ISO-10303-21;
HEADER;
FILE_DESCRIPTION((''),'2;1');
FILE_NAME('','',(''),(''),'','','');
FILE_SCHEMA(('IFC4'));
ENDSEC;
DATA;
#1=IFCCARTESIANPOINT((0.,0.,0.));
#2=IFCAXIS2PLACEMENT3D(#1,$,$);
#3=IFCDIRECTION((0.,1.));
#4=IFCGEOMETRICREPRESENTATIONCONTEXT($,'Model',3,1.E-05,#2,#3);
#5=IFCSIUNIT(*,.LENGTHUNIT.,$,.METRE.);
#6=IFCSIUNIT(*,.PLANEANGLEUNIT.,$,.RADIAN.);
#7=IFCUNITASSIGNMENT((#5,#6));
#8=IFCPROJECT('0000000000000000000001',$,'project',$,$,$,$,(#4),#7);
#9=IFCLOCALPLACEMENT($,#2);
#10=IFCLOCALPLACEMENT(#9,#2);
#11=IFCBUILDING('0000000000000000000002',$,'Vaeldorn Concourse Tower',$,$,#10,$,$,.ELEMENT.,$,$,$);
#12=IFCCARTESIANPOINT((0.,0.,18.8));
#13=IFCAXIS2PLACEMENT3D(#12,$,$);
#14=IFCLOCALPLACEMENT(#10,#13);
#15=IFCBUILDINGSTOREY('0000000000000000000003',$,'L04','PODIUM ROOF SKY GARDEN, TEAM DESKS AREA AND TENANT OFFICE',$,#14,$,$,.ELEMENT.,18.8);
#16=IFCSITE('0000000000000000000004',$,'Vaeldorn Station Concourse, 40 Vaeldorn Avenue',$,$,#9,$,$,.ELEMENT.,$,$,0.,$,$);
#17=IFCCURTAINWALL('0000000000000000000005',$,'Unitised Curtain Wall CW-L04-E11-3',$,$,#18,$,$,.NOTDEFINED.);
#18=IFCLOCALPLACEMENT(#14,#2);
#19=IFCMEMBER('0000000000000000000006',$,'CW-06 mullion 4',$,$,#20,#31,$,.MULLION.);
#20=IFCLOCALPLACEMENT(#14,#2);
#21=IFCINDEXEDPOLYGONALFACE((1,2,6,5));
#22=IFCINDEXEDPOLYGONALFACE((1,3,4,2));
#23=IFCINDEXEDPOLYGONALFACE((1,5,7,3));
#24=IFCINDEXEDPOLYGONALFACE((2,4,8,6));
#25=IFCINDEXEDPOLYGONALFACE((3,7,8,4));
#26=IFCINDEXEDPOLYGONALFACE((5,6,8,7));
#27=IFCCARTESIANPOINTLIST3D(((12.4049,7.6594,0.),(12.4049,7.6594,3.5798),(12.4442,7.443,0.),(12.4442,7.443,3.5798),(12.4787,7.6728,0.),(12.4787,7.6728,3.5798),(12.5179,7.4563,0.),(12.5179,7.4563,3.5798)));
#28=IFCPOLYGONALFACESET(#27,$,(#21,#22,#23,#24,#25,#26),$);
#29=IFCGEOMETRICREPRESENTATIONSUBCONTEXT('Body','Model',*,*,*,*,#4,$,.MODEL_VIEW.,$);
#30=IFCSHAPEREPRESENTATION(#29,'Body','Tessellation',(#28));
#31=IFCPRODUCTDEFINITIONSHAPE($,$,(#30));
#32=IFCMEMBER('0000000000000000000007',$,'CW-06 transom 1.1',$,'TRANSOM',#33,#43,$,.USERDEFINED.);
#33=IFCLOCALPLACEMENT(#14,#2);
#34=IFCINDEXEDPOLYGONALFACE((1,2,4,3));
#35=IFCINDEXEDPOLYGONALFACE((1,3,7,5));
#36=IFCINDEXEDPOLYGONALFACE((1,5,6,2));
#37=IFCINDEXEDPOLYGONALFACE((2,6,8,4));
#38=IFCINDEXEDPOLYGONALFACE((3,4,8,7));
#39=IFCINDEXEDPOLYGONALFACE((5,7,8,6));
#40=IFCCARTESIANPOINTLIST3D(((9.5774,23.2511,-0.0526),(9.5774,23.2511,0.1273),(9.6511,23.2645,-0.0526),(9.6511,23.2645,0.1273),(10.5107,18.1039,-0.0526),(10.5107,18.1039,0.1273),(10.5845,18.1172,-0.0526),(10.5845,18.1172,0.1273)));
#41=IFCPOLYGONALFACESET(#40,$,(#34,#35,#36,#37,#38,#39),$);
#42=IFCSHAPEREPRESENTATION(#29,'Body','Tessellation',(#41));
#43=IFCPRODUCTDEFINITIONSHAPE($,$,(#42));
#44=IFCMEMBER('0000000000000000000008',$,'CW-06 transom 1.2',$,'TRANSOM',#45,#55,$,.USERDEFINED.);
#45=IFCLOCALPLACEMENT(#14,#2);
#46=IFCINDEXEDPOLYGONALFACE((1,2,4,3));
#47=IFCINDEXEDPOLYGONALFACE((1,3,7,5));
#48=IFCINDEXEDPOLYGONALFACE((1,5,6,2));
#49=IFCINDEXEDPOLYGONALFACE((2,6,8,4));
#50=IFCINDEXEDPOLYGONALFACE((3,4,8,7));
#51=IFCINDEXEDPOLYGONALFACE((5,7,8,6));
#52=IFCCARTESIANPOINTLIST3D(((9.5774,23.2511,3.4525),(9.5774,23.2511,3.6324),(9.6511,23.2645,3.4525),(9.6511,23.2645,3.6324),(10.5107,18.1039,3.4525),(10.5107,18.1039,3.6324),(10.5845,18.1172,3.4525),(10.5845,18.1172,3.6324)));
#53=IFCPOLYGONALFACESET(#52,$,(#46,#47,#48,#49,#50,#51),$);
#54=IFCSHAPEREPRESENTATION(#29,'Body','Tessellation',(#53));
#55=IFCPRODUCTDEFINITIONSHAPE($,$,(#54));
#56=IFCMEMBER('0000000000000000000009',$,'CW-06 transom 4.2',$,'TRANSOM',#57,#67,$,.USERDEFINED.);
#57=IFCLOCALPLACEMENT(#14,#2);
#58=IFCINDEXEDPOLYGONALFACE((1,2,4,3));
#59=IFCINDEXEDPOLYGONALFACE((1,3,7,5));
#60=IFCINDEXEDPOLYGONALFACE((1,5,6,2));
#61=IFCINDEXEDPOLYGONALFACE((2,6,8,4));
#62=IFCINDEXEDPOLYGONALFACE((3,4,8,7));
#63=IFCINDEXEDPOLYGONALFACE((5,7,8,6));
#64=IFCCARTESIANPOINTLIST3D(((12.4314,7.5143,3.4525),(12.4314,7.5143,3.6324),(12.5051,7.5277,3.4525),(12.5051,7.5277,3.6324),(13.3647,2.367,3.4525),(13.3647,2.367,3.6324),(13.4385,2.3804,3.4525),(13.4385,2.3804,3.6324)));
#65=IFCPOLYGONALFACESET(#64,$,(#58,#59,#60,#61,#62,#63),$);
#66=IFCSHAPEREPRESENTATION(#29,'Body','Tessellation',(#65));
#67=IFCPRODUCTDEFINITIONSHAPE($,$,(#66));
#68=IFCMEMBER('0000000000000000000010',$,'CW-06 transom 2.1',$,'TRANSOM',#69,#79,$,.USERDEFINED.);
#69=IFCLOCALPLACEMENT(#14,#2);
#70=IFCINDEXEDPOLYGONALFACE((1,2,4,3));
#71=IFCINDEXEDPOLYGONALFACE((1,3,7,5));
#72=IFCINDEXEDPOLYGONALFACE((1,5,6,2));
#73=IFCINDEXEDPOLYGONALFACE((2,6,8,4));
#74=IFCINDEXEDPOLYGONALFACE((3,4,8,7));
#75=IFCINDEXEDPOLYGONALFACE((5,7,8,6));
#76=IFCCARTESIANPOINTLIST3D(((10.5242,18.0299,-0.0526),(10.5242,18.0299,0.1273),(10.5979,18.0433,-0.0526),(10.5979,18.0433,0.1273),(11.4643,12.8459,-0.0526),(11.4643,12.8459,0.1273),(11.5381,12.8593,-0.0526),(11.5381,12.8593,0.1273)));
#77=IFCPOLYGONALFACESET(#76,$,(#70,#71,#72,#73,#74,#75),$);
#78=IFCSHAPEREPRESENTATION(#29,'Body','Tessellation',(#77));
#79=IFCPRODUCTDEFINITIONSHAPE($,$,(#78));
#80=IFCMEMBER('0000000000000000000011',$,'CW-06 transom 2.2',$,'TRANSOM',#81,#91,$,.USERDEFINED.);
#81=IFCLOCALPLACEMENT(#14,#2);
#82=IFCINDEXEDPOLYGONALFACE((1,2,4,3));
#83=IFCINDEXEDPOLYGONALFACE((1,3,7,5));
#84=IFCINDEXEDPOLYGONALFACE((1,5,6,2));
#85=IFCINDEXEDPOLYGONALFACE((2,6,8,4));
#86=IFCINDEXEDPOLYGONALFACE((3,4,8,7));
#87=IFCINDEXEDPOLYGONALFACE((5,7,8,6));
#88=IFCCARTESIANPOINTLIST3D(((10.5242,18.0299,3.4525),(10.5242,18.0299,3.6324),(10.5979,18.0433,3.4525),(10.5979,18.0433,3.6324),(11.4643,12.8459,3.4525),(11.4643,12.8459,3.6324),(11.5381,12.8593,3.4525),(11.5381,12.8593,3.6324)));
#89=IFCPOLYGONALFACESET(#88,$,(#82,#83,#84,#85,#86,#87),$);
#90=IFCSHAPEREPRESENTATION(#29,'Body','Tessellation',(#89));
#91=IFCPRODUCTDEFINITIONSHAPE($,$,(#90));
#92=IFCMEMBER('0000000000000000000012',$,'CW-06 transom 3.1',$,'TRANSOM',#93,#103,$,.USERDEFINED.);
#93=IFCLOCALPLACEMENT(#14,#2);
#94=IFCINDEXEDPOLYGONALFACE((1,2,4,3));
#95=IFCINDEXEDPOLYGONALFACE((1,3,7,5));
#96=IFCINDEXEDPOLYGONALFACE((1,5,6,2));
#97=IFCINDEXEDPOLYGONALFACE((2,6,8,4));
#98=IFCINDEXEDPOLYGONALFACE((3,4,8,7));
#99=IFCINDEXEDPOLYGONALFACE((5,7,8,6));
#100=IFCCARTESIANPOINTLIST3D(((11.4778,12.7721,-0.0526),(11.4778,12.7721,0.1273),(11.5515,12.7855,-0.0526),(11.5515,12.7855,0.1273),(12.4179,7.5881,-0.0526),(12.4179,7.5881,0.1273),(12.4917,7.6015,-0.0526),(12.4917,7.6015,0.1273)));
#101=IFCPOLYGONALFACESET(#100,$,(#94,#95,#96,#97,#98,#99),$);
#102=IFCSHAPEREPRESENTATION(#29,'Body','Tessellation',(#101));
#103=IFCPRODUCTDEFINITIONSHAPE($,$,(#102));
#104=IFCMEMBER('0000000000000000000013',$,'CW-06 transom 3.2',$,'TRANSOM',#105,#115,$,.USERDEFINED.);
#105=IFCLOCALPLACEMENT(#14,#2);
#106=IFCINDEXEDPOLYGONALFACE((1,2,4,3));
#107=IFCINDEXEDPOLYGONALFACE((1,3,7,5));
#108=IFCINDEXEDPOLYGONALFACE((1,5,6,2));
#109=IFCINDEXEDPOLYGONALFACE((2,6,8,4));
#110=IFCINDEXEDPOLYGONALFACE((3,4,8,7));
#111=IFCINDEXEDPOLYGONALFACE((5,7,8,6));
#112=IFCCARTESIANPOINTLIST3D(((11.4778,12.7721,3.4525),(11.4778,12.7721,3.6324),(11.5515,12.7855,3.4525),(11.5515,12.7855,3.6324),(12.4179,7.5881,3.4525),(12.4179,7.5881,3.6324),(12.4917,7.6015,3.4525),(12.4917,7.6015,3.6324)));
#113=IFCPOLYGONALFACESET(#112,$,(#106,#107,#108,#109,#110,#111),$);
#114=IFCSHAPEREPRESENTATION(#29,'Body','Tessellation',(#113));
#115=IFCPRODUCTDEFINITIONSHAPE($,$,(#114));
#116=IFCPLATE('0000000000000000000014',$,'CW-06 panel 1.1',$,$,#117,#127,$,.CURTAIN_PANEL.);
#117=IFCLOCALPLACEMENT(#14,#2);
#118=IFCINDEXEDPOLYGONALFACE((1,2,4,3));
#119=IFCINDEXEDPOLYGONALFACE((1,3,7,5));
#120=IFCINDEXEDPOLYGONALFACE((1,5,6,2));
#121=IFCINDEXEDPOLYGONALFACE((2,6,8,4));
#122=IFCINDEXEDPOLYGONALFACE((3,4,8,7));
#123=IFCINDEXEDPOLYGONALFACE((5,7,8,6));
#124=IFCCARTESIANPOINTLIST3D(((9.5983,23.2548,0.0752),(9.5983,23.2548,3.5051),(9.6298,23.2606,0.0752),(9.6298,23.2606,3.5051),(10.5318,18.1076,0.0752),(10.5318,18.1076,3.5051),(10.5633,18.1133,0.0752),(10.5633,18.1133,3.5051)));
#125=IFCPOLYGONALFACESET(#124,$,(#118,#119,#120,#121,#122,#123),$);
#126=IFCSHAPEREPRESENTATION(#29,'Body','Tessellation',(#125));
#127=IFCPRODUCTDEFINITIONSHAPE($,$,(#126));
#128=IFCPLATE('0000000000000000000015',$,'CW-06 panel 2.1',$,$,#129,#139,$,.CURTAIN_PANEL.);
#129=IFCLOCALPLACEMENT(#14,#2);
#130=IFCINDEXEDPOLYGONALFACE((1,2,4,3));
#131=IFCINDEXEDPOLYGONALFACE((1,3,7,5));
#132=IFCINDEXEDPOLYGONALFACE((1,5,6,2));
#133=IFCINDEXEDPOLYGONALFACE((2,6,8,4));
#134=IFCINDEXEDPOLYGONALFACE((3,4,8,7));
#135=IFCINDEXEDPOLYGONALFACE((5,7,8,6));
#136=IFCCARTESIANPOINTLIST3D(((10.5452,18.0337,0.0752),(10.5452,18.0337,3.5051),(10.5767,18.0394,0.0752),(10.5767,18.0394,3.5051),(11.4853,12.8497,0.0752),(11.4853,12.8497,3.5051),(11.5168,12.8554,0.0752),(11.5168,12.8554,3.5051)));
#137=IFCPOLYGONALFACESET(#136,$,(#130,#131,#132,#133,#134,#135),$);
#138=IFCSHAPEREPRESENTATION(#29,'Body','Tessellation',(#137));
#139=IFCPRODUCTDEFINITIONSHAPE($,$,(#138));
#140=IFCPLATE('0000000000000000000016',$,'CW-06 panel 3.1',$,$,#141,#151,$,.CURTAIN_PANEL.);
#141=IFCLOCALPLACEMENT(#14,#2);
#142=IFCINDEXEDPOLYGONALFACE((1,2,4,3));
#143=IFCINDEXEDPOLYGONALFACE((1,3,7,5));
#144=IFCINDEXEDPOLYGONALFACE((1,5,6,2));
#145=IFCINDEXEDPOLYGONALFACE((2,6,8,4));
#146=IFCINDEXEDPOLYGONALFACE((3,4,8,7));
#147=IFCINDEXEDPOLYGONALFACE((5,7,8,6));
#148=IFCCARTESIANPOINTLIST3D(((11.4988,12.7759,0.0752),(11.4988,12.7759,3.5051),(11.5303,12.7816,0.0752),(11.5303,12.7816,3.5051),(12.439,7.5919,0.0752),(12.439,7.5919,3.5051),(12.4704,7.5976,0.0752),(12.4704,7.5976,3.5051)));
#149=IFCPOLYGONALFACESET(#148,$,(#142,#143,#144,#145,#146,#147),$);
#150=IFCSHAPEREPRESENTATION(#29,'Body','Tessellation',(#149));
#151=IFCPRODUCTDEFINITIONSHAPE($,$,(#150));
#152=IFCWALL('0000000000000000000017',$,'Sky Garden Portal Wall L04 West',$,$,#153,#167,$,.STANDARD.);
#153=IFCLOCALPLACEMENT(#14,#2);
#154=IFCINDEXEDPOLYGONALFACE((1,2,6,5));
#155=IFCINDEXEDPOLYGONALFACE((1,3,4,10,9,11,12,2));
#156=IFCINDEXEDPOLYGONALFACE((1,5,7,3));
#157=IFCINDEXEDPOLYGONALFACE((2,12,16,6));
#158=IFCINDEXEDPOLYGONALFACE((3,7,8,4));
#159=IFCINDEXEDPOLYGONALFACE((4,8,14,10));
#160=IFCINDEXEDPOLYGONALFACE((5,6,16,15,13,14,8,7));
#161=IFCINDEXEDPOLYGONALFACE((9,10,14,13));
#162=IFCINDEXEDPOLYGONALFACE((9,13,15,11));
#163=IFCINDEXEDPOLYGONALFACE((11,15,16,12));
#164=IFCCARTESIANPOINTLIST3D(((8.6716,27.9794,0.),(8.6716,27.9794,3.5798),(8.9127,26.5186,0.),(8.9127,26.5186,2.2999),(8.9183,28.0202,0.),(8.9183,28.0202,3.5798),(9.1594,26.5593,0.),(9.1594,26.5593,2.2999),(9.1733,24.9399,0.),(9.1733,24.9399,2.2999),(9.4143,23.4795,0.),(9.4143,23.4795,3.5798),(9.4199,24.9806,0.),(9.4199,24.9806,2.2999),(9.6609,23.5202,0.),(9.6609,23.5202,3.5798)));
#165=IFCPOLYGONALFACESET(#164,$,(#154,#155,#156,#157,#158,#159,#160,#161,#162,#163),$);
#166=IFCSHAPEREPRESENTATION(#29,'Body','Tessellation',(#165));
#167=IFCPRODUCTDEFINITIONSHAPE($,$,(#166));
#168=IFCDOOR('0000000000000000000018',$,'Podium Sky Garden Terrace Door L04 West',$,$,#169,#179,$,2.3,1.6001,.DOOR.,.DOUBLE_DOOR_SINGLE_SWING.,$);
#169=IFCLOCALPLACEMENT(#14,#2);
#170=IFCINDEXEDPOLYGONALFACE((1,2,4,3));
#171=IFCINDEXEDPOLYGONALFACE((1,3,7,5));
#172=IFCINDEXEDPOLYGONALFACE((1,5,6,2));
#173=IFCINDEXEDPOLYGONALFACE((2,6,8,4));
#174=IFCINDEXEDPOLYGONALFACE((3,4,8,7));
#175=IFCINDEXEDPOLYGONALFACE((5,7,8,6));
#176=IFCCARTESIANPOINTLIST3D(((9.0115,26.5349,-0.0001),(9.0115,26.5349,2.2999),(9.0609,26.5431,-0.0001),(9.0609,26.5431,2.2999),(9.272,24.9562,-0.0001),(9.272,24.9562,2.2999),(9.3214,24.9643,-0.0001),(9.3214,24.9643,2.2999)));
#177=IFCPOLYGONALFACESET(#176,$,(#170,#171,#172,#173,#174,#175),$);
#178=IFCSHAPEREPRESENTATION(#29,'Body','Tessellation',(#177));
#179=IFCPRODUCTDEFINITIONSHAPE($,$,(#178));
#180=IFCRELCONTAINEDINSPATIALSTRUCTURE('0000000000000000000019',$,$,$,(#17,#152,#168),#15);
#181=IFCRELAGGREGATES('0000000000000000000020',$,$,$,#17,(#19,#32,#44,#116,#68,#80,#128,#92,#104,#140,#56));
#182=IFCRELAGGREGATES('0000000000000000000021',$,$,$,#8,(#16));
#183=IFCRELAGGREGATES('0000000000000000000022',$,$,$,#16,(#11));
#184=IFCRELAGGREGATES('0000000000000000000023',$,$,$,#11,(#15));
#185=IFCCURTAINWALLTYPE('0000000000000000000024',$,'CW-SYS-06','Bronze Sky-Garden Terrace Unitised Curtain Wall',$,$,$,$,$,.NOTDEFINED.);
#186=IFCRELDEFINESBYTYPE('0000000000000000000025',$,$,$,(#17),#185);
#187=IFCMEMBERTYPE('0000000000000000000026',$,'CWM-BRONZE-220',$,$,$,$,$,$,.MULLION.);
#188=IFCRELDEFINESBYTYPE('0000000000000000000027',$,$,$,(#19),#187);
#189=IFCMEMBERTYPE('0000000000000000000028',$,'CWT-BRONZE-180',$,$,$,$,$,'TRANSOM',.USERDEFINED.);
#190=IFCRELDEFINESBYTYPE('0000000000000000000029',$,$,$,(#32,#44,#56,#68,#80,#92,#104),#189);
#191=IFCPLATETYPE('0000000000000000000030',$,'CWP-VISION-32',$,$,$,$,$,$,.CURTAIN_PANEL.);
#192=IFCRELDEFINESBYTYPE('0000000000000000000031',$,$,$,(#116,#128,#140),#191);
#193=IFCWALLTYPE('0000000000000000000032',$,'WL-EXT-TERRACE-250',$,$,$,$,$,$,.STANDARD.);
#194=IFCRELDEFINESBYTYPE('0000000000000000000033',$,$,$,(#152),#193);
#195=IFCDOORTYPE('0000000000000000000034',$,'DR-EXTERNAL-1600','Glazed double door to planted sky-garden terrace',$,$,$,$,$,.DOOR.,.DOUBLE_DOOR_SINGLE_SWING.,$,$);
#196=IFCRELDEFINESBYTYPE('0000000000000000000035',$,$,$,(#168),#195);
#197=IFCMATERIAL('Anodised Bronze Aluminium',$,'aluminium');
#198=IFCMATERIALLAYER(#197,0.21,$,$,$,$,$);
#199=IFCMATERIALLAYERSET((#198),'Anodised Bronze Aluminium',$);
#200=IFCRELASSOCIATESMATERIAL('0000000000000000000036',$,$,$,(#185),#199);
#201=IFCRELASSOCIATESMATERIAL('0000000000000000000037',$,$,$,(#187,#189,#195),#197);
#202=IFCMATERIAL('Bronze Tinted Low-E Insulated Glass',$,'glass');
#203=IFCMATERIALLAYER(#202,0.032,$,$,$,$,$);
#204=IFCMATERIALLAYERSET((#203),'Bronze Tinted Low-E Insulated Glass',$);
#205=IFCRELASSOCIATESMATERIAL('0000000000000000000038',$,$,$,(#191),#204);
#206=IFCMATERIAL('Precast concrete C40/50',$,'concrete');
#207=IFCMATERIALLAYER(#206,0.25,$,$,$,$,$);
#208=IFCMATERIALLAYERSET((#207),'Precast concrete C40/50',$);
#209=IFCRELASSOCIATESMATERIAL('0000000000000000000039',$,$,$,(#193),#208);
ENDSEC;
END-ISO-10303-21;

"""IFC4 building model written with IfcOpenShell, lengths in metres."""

from ifc_helpers import new_model, si_unit, direction, frame, frame_2d, origin, origin_2d, place, context, subcontext, project, spatial, rectangle, extrude, source, transform, mapped, material, layer, layer_set, material_profile, profile_set, type_object, element, fill, aggregate, save


model = new_model("IFC4")

# Units and contexts
model_context = context("Model", 3, precision=1e-05, world=origin(), true_north=direction((0.0, 1.0)))
body_context = subcontext(model_context, "Body", "Model", "MODEL_VIEW")
ifc_project = project(units=[si_unit("LENGTHUNIT", "METRE"), si_unit("PLANEANGLEUNIT", "RADIAN")], contexts=[model_context])

# Site, building, storey
site_placement = place(None, origin())
site = spatial("IfcSite", under=ifc_project, at=site_placement, Name="Vaeldorn Station Concourse, 40 Vaeldorn Avenue", CompositionType="ELEMENT", RefElevation=0.0)
building_placement = place(site_placement, origin())
building = spatial("IfcBuilding", under=site, at=building_placement, Name="Vaeldorn Concourse Tower", CompositionType="ELEMENT")
storey_placement = place(building_placement, frame((0.0, 0.0, 18.8)))
storey = spatial("IfcBuildingStorey", under=building, at=storey_placement, Name="L04", Description="PODIUM ROOF SKY GARDEN, TEAM DESKS AREA AND TENANT OFFICE", CompositionType="ELEMENT", Elevation=18.8)

# Curtain wall, members, plates
ifc_material_1 = material(Name="Anodised Bronze Aluminium", Category="aluminium")
ifc_layer_1 = layer(ifc_material_1, 0.21)
ifc_layer_set_1 = layer_set([ifc_layer_1], Name="Anodised Bronze Aluminium")
curtain_wall_type = type_object("IfcCurtainWallType", Name="CW-SYS-06", Description="Bronze Sky-Garden Terrace Unitised Curtain Wall", PredefinedType="NOTDEFINED", material=ifc_layer_set_1)
curtain_wall_placement = place(storey_placement, origin())
curtain_wall = element("IfcCurtainWall", 1, at=curtain_wall_placement, inside=storey, type_object=curtain_wall_type, Name="Unitised Curtain Wall CW-L04-E11-3", PredefinedType="NOTDEFINED")
ifc_material_profile_1 = material_profile(ifc_material_1, rectangle(XDim=0.075, YDim=0.22, at=origin_2d()), Name="CWM 75x220")
ifc_profile_set_1 = profile_set([ifc_material_profile_1], Name="Anodised Bronze Aluminium")
member_type_1 = type_object("IfcMemberType", Name="CWM-BRONZE-220", PredefinedType="MULLION", material=ifc_profile_set_1)
shared_shape_1 = source(origin(), body_context, "Body", "SweptSolid", [
    extrude(rectangle(XDim=0.075, YDim=0.22, at=origin_2d()), origin(), (0.0, 0.0, 1.0), 3.5798),
])
member_1_placement = place(storey_placement, frame((12.4614, 7.5579, 0.0), z_axis=(0.0, 0.0, 1.0), x_axis=(0.98395, 0.178446, 0.0)))
member_1 = element("IfcMember", 2, at=member_1_placement, type_object=member_type_1, Name="CW-06 mullion 4", PredefinedType="MULLION", context=body_context, shape_type="MappedRepresentation", body=[
    mapped(shared_shape_1, transform((0.0, 0.0, 0.0), scale=1.0)),
])
ifc_material_profile_2 = material_profile(ifc_material_1, rectangle(XDim=0.075, YDim=0.1799, at=origin_2d()), Name="CWT 75x180")
ifc_profile_set_2 = profile_set([ifc_material_profile_2], Name="Anodised Bronze Aluminium")
member_type_2 = type_object("IfcMemberType", Name="CWT-BRONZE-180", ElementType="TRANSOM", PredefinedType="USERDEFINED", material=ifc_profile_set_2)
shared_shape_2 = source(origin(), body_context, "Body", "SweptSolid", [
    extrude(rectangle(XDim=0.075, YDim=0.1799, at=origin_2d()), origin(), (0.0, 0.0, 1.0), 5.2312),
])
member_2_placement = place(storey_placement, frame((9.6143, 23.2578, 0.0374), z_axis=(0.178421, -0.983954, 0.0), x_axis=(0.983954, 0.178421, 0.0)))
member_2 = element("IfcMember", 3, at=member_2_placement, type_object=member_type_2, Name="CW-06 transom 1.1", ObjectType="TRANSOM", PredefinedType="USERDEFINED", context=body_context, shape_type="MappedRepresentation", body=[
    mapped(shared_shape_2, transform((0.0, 0.0, 0.0), scale=1.0)),
])
member_3_placement = place(storey_placement, frame((9.6143, 23.2578, 3.5425), z_axis=(0.178421, -0.983954, 0.0), x_axis=(0.983954, 0.178421, 0.0)))
member_3 = element("IfcMember", 4, at=member_3_placement, type_object=member_type_2, Name="CW-06 transom 1.2", ObjectType="TRANSOM", PredefinedType="USERDEFINED", context=body_context, shape_type="MappedRepresentation", body=[
    mapped(shared_shape_2, transform((0.0, 0.0, 0.0), scale=1.0)),
])
member_4_placement = place(storey_placement, frame((12.4683, 7.521, 3.5425), z_axis=(0.178421, -0.983954, 0.0), x_axis=(0.983954, 0.178421, 0.0)))
member_4 = element("IfcMember", 5, at=member_4_placement, type_object=member_type_2, Name="CW-06 transom 4.2", ObjectType="TRANSOM", PredefinedType="USERDEFINED", context=body_context, shape_type="MappedRepresentation", body=[
    mapped(shared_shape_2, transform((0.0, 0.0, 0.0), scale=1.0)),
])
shared_shape_3 = source(origin(), body_context, "Body", "SweptSolid", [
    extrude(rectangle(XDim=0.075, YDim=0.1799, at=origin_2d()), origin(), (0.0, 0.0, 1.0), 5.2686),
])
member_5_placement = place(storey_placement, frame((10.561, 18.0366, 0.0374), z_axis=(0.178449, -0.983949, 0.0), x_axis=(0.983949, 0.178449, 0.0)))
member_5 = element("IfcMember", 6, at=member_5_placement, type_object=member_type_2, Name="CW-06 transom 2.1", ObjectType="TRANSOM", PredefinedType="USERDEFINED", context=body_context, shape_type="MappedRepresentation", body=[
    mapped(shared_shape_3, transform((0.0, 0.0, 0.0), scale=1.0)),
])
member_6_placement = place(storey_placement, frame((10.561, 18.0366, 3.5425), z_axis=(0.178449, -0.983949, 0.0), x_axis=(0.983949, 0.178449, 0.0)))
member_6 = element("IfcMember", 7, at=member_6_placement, type_object=member_type_2, Name="CW-06 transom 2.2", ObjectType="TRANSOM", PredefinedType="USERDEFINED", context=body_context, shape_type="MappedRepresentation", body=[
    mapped(shared_shape_3, transform((0.0, 0.0, 0.0), scale=1.0)),
])
member_7_placement = place(storey_placement, frame((11.5146, 12.7788, 0.0374), z_axis=(0.178449, -0.983949, 0.0), x_axis=(0.983949, 0.178449, 0.0)))
member_7 = element("IfcMember", 8, at=member_7_placement, type_object=member_type_2, Name="CW-06 transom 3.1", ObjectType="TRANSOM", PredefinedType="USERDEFINED", context=body_context, shape_type="MappedRepresentation", body=[
    mapped(shared_shape_3, transform((0.0, 0.0, 0.0), scale=1.0)),
])
member_8_placement = place(storey_placement, frame((11.5146, 12.7788, 3.5425), z_axis=(0.178449, -0.983949, 0.0), x_axis=(0.983949, 0.178449, 0.0)))
member_8 = element("IfcMember", 9, at=member_8_placement, type_object=member_type_2, Name="CW-06 transom 3.2", ObjectType="TRANSOM", PredefinedType="USERDEFINED", context=body_context, shape_type="MappedRepresentation", body=[
    mapped(shared_shape_3, transform((0.0, 0.0, 0.0), scale=1.0)),
])
ifc_material_2 = material(Name="Bronze Tinted Low-E Insulated Glass", Category="glass")
ifc_layer_2 = layer(ifc_material_2, 0.032)
ifc_layer_set_2 = layer_set([ifc_layer_2], Name="Bronze Tinted Low-E Insulated Glass")
plate_type = type_object("IfcPlateType", Name="CWP-VISION-32", PredefinedType="CURTAIN_PANEL", material=ifc_layer_set_2)
shared_shape_4 = source(origin(), body_context, "Body", "SweptSolid", [
    extrude(rectangle(XDim=5.2312, YDim=0.032, at=origin_2d()), origin(), (0.0, 0.0, 1.0), 3.4299),
])
plate_1_placement = place(storey_placement, frame((10.0808, 20.6841, 0.0752), z_axis=(0.0, 0.0, 1.0), x_axis=(0.178446, -0.98395, 0.0)))
plate_1 = element("IfcPlate", 10, at=plate_1_placement, type_object=plate_type, Name="CW-06 panel 1.1", PredefinedType="CURTAIN_PANEL", context=body_context, shape_type="MappedRepresentation", body=[
    mapped(shared_shape_4, transform((0.0, 0.0, 0.0), scale=1.0)),
])
shared_shape_5 = source(origin(), body_context, "Body", "SweptSolid", [
    extrude(rectangle(XDim=5.2686, YDim=0.032, at=origin_2d()), origin(), (0.0, 0.0, 1.0), 3.4299),
])
plate_2_placement = place(storey_placement, frame((11.031, 15.4446, 0.0752), z_axis=(0.0, 0.0, 1.0), x_axis=(0.178446, -0.98395, 0.0)))
plate_2 = element("IfcPlate", 11, at=plate_2_placement, type_object=plate_type, Name="CW-06 panel 2.1", PredefinedType="CURTAIN_PANEL", context=body_context, shape_type="MappedRepresentation", body=[
    mapped(shared_shape_5, transform((0.0, 0.0, 0.0), scale=1.0)),
])
plate_3_placement = place(storey_placement, frame((11.9846, 10.1868, 0.0752), z_axis=(0.0, 0.0, 1.0), x_axis=(0.178446, -0.98395, 0.0)))
plate_3 = element("IfcPlate", 12, at=plate_3_placement, type_object=plate_type, Name="CW-06 panel 3.1", PredefinedType="CURTAIN_PANEL", context=body_context, shape_type="MappedRepresentation", body=[
    mapped(shared_shape_5, transform((0.0, 0.0, 0.0), scale=1.0)),
])
aggregate(curtain_wall, [member_1, member_2, member_3, plate_1, member_5, member_6, plate_2, member_7, member_8, plate_3, member_4])

# Wall, opening, door
ifc_material_3 = material(Name="Precast concrete C40/50", Category="concrete")
ifc_layer_3 = layer(ifc_material_3, 0.25)
ifc_layer_set_3 = layer_set([ifc_layer_3], Name="Precast concrete C40/50")
wall_type_1 = type_object("IfcWallType", Name="WL-EXT-TERRACE-250", PredefinedType="STANDARD", material=ifc_layer_set_3)
wall_1_placement = place(storey_placement, frame((9.5376, 23.5, 0.0), z_axis=(0.0, 0.0, 1.0), x_axis=(-0.162836, 0.986653, 0.0)))
wall_1 = element("IfcWall", 13, at=wall_1_placement, inside=storey, type_object=wall_type_1, Name="Sky Garden Portal Wall L04 West", PredefinedType="STANDARD", context=body_context, shape_type="SweptSolid", body=[
    extrude(rectangle(XDim=4.5608, YDim=0.25, at=frame_2d((2.2803, 0.0))), origin(), (0.0, 0.0, 1.0), 3.5798),
])
opening_placement = place(wall_1_placement, frame((1.48, 0.0, 0.0)))
opening = element("IfcOpeningElement", 14, at=opening_placement, cuts=wall_1, PredefinedType="OPENING", context=body_context, shape_type="SweptSolid", body=[
    extrude(rectangle(XDim=1.6001, YDim=2.3, at=frame_2d((0.8, 1.1499))), frame((0.0, 0.135, 0.0), z_axis=(0.0, -1.0, 0.0), x_axis=(1.0, 0.0, 0.0)), (0.0, 0.0, 1.0), 0.27),
])
door_type = type_object("IfcDoorType", Name="DR-EXTERNAL-1600", Description="Glazed double door to planted sky-garden terrace", OperationType="DOUBLE_DOOR_SINGLE_SWING", PredefinedType="DOOR", material=ifc_material_1)
shared_shape_6 = source(origin(), body_context, "Body", "SweptSolid", [
    extrude(rectangle(XDim=1.6001, YDim=2.3, at=frame_2d((0.8, 1.1499))), frame((0.0, 0.0249, 0.0), z_axis=(0.0, -1.0, 0.0), x_axis=(1.0, 0.0, 0.0)), (0.0, 0.0, 1.0), 0.05),
])
door_placement = place(opening_placement, origin())
door = element("IfcDoor", 15, at=door_placement, inside=storey, type_object=door_type, Name="Podium Sky Garden Terrace Door L04 West", OperationType="DOUBLE_DOOR_SINGLE_SWING", OverallHeight=2.3, OverallWidth=1.6001, PredefinedType="DOOR", context=body_context, shape_type="MappedRepresentation", body=[
    mapped(shared_shape_6, transform((0.0, 0.0, 0.0), scale=1.0)),
])
fill(opening, door)

save(model, "model.ifc")
